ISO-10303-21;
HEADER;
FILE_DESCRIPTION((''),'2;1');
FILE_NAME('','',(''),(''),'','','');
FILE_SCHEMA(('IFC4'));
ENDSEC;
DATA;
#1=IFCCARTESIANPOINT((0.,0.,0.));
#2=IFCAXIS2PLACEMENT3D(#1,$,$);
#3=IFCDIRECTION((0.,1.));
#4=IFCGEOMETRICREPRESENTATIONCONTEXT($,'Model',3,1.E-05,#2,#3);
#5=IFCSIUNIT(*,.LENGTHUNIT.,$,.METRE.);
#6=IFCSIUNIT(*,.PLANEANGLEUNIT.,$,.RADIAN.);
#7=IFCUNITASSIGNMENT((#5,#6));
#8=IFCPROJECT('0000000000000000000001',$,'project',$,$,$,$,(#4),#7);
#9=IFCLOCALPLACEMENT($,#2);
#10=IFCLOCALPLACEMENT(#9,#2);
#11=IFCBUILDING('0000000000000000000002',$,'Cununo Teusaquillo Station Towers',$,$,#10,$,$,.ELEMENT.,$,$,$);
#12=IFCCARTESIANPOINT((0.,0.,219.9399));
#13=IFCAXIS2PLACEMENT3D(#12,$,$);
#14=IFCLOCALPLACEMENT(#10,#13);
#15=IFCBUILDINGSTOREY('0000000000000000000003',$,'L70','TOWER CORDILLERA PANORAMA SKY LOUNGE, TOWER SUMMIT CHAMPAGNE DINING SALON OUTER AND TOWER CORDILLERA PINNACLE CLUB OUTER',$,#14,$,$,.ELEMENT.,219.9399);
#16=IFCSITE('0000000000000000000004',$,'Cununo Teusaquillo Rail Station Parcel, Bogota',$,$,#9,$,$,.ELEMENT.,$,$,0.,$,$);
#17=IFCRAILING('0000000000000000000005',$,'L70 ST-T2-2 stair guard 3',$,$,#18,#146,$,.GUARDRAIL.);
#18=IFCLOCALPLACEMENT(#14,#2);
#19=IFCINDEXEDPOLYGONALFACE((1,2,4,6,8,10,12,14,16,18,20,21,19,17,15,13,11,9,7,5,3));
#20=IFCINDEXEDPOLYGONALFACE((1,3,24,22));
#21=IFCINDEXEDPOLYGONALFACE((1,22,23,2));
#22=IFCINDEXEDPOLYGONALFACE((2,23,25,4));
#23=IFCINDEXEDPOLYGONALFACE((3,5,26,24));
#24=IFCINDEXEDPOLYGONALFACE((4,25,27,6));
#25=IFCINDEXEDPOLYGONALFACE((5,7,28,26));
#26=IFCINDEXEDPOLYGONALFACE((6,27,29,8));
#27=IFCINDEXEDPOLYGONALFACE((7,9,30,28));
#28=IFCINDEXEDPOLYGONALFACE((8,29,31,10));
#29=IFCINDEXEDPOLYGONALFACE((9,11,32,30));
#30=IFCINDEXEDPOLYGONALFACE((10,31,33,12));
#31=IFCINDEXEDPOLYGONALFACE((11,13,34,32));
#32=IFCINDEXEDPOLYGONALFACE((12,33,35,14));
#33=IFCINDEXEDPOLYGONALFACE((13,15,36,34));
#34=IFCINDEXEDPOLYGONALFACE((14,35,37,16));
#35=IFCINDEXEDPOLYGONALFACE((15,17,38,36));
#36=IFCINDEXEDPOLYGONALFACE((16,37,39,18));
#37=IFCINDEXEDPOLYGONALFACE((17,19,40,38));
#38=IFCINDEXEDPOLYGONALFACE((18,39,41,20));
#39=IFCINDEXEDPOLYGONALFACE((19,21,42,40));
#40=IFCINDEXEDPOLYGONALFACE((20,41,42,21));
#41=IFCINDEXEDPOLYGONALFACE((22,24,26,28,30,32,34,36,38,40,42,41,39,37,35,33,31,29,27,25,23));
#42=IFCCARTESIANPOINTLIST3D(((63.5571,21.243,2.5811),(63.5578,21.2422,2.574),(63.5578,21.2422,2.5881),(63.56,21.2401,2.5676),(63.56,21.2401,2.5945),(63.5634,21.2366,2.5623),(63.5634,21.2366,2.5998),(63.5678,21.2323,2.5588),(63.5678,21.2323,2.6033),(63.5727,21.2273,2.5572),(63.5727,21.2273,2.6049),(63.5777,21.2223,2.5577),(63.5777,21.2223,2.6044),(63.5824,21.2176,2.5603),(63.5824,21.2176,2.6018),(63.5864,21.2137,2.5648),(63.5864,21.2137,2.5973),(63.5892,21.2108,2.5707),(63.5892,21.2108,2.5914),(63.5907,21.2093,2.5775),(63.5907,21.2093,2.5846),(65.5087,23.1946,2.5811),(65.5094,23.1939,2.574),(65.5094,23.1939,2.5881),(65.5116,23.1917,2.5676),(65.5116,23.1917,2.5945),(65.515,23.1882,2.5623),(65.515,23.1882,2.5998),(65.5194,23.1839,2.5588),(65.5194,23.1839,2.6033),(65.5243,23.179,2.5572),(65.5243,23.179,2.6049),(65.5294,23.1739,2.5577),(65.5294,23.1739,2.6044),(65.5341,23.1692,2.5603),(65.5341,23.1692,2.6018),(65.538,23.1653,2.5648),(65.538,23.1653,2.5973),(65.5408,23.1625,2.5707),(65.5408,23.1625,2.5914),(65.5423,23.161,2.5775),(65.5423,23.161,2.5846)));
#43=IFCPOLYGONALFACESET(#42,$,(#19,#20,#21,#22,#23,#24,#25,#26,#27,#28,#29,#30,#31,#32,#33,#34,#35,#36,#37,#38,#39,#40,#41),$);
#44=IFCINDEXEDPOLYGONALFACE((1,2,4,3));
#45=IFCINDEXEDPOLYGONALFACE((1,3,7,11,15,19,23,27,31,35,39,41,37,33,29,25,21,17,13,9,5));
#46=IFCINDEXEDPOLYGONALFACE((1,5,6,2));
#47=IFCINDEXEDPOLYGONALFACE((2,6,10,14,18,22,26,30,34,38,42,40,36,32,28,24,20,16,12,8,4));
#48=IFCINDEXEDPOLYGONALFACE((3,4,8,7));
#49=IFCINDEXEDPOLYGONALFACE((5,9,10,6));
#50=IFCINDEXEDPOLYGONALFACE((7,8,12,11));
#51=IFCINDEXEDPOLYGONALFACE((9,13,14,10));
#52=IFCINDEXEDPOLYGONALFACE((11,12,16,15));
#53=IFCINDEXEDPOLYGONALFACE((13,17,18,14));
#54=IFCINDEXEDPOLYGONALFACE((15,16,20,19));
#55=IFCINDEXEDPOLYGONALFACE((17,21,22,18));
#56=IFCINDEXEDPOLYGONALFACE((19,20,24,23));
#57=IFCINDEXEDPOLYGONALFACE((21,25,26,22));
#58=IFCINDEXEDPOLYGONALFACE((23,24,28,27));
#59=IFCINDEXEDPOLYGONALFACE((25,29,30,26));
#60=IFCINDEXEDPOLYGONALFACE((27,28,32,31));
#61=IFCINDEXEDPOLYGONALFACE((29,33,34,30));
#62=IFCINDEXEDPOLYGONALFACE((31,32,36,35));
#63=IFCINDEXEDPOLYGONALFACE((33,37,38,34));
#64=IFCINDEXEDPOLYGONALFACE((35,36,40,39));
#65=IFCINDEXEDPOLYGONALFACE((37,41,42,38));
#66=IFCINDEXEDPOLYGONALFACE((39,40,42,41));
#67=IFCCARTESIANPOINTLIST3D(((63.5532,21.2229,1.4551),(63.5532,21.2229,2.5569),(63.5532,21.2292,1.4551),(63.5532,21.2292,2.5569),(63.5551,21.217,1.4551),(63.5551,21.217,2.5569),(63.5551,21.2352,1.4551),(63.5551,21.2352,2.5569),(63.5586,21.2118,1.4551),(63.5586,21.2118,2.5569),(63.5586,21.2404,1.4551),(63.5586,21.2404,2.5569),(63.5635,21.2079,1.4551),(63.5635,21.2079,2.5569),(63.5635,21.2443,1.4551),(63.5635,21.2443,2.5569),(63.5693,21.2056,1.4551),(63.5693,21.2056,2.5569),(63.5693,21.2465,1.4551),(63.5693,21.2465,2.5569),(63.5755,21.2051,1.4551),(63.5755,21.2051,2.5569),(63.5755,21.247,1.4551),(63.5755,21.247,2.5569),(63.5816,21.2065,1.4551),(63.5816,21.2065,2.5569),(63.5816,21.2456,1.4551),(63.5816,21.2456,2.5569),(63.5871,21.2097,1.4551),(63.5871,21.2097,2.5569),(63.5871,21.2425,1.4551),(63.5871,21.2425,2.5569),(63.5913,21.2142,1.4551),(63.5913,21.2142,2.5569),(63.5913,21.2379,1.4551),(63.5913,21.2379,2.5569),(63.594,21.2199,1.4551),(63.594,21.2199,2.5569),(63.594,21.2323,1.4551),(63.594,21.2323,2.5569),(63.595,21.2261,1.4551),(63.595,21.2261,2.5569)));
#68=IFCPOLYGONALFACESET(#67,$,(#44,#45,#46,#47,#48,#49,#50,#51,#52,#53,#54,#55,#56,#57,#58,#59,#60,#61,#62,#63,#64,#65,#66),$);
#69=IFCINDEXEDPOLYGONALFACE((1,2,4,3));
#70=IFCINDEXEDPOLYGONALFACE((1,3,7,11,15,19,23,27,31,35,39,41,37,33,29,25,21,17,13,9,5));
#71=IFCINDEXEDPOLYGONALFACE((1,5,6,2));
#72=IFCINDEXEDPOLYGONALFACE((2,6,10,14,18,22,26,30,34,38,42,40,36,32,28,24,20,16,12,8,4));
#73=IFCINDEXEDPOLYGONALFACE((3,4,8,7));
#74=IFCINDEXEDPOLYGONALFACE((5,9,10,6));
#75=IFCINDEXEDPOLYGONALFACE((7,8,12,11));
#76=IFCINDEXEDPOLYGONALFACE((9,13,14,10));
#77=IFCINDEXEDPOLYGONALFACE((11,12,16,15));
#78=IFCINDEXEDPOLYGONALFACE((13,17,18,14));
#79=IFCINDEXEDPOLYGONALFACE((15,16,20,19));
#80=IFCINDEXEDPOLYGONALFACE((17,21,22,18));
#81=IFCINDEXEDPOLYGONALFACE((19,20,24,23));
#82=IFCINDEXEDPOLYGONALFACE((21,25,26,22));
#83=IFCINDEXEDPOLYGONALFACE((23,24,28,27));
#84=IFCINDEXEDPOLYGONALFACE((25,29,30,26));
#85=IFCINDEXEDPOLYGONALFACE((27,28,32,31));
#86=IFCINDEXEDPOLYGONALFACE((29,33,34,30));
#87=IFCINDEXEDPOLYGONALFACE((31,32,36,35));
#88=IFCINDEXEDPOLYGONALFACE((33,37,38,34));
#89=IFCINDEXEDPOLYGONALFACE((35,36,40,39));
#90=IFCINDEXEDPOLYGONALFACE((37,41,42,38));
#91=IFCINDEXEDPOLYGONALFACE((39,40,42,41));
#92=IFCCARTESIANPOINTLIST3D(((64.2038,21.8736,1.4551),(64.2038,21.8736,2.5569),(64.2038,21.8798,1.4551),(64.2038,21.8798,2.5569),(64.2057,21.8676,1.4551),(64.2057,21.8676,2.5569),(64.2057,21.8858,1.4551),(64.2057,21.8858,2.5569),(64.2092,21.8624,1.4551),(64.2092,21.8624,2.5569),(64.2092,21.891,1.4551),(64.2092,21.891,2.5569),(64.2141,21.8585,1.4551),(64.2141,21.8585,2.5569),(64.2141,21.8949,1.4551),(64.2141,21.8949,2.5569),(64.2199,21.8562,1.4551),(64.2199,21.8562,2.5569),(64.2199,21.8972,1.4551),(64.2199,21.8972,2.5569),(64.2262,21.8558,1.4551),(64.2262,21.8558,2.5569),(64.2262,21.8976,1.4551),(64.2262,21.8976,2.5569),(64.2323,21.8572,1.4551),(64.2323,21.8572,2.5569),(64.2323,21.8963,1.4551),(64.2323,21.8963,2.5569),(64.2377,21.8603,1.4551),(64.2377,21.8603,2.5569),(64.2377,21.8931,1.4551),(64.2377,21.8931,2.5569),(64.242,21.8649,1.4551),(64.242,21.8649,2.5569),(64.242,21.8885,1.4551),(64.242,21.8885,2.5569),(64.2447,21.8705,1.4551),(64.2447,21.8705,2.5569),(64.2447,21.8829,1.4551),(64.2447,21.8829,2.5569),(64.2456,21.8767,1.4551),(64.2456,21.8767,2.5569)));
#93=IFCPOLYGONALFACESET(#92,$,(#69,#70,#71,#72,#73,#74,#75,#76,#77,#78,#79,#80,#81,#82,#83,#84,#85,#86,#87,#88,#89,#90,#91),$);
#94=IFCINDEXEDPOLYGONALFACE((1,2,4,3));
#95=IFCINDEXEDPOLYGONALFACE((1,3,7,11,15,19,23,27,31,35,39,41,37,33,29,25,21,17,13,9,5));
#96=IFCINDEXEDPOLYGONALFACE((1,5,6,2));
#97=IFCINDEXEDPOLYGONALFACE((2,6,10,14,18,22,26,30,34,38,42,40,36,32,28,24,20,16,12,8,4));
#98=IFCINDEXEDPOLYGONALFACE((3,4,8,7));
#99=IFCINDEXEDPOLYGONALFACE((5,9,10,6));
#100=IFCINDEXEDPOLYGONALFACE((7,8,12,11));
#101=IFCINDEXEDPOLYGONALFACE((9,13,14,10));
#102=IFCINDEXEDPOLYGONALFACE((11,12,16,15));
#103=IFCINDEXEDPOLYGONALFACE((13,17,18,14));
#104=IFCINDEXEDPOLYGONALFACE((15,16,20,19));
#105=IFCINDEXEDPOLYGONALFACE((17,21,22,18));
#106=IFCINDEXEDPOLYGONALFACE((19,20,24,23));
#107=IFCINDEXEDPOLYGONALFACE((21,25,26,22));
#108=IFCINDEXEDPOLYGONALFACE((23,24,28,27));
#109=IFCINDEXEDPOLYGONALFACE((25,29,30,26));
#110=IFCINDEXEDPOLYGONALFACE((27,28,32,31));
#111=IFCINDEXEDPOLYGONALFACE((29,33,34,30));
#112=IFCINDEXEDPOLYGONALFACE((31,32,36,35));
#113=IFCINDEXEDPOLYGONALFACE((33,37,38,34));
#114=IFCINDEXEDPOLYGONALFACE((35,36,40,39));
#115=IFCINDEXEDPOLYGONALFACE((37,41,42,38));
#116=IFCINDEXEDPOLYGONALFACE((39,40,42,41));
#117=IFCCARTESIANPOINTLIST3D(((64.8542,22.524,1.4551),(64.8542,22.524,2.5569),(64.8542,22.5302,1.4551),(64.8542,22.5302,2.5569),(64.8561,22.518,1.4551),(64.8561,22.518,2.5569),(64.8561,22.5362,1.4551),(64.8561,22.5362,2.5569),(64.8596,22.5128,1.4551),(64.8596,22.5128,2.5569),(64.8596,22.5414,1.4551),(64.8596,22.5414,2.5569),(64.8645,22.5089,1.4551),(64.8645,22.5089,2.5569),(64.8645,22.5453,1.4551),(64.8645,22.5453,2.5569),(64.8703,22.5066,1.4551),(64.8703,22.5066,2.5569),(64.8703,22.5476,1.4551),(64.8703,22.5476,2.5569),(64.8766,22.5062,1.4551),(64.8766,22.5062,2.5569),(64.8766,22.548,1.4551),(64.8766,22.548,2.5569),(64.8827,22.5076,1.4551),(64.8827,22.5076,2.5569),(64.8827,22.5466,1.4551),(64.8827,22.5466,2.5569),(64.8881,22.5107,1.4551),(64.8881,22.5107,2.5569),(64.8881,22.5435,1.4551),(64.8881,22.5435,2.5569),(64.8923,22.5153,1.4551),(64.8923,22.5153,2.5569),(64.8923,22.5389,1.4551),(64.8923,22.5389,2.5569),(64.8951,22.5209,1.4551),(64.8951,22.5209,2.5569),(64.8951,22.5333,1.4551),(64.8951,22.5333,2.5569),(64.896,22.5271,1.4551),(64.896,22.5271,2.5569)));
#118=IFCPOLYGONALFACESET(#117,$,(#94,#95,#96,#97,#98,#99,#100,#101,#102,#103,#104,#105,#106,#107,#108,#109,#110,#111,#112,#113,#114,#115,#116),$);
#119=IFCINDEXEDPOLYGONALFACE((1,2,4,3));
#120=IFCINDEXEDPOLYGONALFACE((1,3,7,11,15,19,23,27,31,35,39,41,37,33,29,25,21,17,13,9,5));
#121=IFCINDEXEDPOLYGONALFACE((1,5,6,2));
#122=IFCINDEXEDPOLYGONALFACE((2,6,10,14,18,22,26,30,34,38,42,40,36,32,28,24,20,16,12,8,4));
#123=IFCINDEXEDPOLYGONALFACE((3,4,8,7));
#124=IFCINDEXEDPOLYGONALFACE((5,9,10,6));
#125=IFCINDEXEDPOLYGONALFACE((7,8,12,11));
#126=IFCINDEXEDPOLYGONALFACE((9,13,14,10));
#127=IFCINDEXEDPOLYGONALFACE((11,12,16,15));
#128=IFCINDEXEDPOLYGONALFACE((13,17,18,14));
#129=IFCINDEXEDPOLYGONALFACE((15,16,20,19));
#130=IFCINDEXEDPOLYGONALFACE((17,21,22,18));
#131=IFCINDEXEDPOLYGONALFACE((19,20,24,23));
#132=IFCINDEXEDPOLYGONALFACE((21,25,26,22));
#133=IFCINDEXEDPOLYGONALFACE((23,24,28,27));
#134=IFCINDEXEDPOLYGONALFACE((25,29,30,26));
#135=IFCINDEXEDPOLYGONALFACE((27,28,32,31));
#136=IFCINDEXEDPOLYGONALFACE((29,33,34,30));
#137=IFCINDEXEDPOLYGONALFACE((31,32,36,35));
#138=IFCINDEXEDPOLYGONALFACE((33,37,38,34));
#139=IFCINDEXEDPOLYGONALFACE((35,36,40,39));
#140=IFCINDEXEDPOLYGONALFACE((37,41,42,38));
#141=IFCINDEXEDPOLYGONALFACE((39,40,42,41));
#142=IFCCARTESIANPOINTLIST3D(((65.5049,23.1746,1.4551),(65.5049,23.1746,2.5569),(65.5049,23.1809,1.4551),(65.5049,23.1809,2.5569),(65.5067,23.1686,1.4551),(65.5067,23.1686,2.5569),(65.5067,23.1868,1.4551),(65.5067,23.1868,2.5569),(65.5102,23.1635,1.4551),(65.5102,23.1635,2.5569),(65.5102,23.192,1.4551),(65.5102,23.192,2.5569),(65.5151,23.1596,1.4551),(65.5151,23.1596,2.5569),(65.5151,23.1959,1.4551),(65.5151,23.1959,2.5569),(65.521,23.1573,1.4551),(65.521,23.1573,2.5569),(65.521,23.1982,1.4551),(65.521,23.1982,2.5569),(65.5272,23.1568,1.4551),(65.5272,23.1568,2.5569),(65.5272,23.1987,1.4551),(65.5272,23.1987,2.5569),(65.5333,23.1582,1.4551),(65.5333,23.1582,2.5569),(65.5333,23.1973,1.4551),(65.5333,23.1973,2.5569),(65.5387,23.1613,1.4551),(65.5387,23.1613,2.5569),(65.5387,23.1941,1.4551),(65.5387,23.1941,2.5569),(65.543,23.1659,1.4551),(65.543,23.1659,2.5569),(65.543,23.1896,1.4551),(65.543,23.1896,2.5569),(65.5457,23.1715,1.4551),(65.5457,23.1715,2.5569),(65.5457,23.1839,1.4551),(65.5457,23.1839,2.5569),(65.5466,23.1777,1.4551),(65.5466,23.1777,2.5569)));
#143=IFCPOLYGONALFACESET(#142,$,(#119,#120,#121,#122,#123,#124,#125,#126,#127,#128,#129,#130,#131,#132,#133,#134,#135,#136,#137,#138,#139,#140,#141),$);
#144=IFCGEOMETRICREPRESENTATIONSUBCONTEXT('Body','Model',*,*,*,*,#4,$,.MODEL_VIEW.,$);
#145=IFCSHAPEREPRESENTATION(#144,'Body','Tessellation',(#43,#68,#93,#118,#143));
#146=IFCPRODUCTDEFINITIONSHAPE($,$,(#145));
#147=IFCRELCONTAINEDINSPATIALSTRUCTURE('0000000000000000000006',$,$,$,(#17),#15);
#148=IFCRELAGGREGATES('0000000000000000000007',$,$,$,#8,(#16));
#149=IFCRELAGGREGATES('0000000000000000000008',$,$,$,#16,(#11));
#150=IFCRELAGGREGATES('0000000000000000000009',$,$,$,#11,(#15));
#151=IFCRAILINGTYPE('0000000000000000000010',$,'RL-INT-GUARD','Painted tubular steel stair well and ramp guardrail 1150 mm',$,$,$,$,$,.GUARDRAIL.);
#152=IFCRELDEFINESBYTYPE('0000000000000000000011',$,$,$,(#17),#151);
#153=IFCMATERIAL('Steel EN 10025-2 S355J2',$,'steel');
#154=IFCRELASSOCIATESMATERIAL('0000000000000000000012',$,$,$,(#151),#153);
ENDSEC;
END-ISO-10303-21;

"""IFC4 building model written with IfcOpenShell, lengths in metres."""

from ifc_helpers import new_model, si_unit, direction, frame, origin, origin_2d, place, context, subcontext, project, spatial, circle, extrude, material, type_object, element, save


model = new_model("IFC4")

# Units and contexts
model_context = context("Model", 3, precision=1e-05, world=origin(), true_north=direction((0.0, 1.0)))
body_context = subcontext(model_context, "Body", "Model", "MODEL_VIEW")
ifc_project = project(units=[si_unit("LENGTHUNIT", "METRE"), si_unit("PLANEANGLEUNIT", "RADIAN")], contexts=[model_context])

# Site, building, storey
site_placement = place(None, origin())
site = spatial("IfcSite", under=ifc_project, at=site_placement, Name="Cununo Teusaquillo Rail Station Parcel, Bogota", CompositionType="ELEMENT", RefElevation=0.0)
building_placement = place(site_placement, origin())
building = spatial("IfcBuilding", under=site, at=building_placement, Name="Cununo Teusaquillo Station Towers", CompositionType="ELEMENT")
storey_placement = place(building_placement, frame((0.0, 0.0, 219.9399)))
storey = spatial("IfcBuildingStorey", under=building, at=storey_placement, Name="L70", Description="TOWER CORDILLERA PANORAMA SKY LOUNGE, TOWER SUMMIT CHAMPAGNE DINING SALON OUTER AND TOWER CORDILLERA PINNACLE CLUB OUTER", CompositionType="ELEMENT", Elevation=219.9399)

# Railing
ifc_material_1 = material(Name="Steel EN 10025-2 S355J2", Category="steel")
railing_type = type_object("IfcRailingType", Name="RL-INT-GUARD", Description="Painted tubular steel stair well and ramp guardrail 1150 mm", PredefinedType="GUARDRAIL", material=ifc_material_1)
railing_1_placement = place(storey_placement, frame((63.574, 21.2261, 1.4551)))
element("IfcRailing", 1, at=railing_1_placement, inside=storey, type_object=railing_type, Name="L70 ST-T2-2 stair guard 3", PredefinedType="GUARDRAIL", context=body_context, shape_type="SweptSolid", body=[
    extrude(circle(Radius=0.0239, at=origin_2d()), frame((0.0, 0.0, 1.126), z_axis=(0.707107, 0.707107, 0.0), x_axis=(-0.707107, 0.707107, 0.0)), (0.0, 0.0, 1.0), 2.76),
    extrude(circle(Radius=0.021, at=origin_2d()), origin(), (0.0, 0.0, 1.0), 1.1018),
    extrude(circle(Radius=0.021, at=origin_2d()), frame((0.6506, 0.6506, 0.0)), (0.0, 0.0, 1.0), 1.1018),
    extrude(circle(Radius=0.021, at=origin_2d()), frame((1.301, 1.301, 0.0)), (0.0, 0.0, 1.0), 1.1018),
    extrude(circle(Radius=0.021, at=origin_2d()), frame((1.9517, 1.9517, 0.0)), (0.0, 0.0, 1.0), 1.1018),
])

save(model, "model.ifc")
